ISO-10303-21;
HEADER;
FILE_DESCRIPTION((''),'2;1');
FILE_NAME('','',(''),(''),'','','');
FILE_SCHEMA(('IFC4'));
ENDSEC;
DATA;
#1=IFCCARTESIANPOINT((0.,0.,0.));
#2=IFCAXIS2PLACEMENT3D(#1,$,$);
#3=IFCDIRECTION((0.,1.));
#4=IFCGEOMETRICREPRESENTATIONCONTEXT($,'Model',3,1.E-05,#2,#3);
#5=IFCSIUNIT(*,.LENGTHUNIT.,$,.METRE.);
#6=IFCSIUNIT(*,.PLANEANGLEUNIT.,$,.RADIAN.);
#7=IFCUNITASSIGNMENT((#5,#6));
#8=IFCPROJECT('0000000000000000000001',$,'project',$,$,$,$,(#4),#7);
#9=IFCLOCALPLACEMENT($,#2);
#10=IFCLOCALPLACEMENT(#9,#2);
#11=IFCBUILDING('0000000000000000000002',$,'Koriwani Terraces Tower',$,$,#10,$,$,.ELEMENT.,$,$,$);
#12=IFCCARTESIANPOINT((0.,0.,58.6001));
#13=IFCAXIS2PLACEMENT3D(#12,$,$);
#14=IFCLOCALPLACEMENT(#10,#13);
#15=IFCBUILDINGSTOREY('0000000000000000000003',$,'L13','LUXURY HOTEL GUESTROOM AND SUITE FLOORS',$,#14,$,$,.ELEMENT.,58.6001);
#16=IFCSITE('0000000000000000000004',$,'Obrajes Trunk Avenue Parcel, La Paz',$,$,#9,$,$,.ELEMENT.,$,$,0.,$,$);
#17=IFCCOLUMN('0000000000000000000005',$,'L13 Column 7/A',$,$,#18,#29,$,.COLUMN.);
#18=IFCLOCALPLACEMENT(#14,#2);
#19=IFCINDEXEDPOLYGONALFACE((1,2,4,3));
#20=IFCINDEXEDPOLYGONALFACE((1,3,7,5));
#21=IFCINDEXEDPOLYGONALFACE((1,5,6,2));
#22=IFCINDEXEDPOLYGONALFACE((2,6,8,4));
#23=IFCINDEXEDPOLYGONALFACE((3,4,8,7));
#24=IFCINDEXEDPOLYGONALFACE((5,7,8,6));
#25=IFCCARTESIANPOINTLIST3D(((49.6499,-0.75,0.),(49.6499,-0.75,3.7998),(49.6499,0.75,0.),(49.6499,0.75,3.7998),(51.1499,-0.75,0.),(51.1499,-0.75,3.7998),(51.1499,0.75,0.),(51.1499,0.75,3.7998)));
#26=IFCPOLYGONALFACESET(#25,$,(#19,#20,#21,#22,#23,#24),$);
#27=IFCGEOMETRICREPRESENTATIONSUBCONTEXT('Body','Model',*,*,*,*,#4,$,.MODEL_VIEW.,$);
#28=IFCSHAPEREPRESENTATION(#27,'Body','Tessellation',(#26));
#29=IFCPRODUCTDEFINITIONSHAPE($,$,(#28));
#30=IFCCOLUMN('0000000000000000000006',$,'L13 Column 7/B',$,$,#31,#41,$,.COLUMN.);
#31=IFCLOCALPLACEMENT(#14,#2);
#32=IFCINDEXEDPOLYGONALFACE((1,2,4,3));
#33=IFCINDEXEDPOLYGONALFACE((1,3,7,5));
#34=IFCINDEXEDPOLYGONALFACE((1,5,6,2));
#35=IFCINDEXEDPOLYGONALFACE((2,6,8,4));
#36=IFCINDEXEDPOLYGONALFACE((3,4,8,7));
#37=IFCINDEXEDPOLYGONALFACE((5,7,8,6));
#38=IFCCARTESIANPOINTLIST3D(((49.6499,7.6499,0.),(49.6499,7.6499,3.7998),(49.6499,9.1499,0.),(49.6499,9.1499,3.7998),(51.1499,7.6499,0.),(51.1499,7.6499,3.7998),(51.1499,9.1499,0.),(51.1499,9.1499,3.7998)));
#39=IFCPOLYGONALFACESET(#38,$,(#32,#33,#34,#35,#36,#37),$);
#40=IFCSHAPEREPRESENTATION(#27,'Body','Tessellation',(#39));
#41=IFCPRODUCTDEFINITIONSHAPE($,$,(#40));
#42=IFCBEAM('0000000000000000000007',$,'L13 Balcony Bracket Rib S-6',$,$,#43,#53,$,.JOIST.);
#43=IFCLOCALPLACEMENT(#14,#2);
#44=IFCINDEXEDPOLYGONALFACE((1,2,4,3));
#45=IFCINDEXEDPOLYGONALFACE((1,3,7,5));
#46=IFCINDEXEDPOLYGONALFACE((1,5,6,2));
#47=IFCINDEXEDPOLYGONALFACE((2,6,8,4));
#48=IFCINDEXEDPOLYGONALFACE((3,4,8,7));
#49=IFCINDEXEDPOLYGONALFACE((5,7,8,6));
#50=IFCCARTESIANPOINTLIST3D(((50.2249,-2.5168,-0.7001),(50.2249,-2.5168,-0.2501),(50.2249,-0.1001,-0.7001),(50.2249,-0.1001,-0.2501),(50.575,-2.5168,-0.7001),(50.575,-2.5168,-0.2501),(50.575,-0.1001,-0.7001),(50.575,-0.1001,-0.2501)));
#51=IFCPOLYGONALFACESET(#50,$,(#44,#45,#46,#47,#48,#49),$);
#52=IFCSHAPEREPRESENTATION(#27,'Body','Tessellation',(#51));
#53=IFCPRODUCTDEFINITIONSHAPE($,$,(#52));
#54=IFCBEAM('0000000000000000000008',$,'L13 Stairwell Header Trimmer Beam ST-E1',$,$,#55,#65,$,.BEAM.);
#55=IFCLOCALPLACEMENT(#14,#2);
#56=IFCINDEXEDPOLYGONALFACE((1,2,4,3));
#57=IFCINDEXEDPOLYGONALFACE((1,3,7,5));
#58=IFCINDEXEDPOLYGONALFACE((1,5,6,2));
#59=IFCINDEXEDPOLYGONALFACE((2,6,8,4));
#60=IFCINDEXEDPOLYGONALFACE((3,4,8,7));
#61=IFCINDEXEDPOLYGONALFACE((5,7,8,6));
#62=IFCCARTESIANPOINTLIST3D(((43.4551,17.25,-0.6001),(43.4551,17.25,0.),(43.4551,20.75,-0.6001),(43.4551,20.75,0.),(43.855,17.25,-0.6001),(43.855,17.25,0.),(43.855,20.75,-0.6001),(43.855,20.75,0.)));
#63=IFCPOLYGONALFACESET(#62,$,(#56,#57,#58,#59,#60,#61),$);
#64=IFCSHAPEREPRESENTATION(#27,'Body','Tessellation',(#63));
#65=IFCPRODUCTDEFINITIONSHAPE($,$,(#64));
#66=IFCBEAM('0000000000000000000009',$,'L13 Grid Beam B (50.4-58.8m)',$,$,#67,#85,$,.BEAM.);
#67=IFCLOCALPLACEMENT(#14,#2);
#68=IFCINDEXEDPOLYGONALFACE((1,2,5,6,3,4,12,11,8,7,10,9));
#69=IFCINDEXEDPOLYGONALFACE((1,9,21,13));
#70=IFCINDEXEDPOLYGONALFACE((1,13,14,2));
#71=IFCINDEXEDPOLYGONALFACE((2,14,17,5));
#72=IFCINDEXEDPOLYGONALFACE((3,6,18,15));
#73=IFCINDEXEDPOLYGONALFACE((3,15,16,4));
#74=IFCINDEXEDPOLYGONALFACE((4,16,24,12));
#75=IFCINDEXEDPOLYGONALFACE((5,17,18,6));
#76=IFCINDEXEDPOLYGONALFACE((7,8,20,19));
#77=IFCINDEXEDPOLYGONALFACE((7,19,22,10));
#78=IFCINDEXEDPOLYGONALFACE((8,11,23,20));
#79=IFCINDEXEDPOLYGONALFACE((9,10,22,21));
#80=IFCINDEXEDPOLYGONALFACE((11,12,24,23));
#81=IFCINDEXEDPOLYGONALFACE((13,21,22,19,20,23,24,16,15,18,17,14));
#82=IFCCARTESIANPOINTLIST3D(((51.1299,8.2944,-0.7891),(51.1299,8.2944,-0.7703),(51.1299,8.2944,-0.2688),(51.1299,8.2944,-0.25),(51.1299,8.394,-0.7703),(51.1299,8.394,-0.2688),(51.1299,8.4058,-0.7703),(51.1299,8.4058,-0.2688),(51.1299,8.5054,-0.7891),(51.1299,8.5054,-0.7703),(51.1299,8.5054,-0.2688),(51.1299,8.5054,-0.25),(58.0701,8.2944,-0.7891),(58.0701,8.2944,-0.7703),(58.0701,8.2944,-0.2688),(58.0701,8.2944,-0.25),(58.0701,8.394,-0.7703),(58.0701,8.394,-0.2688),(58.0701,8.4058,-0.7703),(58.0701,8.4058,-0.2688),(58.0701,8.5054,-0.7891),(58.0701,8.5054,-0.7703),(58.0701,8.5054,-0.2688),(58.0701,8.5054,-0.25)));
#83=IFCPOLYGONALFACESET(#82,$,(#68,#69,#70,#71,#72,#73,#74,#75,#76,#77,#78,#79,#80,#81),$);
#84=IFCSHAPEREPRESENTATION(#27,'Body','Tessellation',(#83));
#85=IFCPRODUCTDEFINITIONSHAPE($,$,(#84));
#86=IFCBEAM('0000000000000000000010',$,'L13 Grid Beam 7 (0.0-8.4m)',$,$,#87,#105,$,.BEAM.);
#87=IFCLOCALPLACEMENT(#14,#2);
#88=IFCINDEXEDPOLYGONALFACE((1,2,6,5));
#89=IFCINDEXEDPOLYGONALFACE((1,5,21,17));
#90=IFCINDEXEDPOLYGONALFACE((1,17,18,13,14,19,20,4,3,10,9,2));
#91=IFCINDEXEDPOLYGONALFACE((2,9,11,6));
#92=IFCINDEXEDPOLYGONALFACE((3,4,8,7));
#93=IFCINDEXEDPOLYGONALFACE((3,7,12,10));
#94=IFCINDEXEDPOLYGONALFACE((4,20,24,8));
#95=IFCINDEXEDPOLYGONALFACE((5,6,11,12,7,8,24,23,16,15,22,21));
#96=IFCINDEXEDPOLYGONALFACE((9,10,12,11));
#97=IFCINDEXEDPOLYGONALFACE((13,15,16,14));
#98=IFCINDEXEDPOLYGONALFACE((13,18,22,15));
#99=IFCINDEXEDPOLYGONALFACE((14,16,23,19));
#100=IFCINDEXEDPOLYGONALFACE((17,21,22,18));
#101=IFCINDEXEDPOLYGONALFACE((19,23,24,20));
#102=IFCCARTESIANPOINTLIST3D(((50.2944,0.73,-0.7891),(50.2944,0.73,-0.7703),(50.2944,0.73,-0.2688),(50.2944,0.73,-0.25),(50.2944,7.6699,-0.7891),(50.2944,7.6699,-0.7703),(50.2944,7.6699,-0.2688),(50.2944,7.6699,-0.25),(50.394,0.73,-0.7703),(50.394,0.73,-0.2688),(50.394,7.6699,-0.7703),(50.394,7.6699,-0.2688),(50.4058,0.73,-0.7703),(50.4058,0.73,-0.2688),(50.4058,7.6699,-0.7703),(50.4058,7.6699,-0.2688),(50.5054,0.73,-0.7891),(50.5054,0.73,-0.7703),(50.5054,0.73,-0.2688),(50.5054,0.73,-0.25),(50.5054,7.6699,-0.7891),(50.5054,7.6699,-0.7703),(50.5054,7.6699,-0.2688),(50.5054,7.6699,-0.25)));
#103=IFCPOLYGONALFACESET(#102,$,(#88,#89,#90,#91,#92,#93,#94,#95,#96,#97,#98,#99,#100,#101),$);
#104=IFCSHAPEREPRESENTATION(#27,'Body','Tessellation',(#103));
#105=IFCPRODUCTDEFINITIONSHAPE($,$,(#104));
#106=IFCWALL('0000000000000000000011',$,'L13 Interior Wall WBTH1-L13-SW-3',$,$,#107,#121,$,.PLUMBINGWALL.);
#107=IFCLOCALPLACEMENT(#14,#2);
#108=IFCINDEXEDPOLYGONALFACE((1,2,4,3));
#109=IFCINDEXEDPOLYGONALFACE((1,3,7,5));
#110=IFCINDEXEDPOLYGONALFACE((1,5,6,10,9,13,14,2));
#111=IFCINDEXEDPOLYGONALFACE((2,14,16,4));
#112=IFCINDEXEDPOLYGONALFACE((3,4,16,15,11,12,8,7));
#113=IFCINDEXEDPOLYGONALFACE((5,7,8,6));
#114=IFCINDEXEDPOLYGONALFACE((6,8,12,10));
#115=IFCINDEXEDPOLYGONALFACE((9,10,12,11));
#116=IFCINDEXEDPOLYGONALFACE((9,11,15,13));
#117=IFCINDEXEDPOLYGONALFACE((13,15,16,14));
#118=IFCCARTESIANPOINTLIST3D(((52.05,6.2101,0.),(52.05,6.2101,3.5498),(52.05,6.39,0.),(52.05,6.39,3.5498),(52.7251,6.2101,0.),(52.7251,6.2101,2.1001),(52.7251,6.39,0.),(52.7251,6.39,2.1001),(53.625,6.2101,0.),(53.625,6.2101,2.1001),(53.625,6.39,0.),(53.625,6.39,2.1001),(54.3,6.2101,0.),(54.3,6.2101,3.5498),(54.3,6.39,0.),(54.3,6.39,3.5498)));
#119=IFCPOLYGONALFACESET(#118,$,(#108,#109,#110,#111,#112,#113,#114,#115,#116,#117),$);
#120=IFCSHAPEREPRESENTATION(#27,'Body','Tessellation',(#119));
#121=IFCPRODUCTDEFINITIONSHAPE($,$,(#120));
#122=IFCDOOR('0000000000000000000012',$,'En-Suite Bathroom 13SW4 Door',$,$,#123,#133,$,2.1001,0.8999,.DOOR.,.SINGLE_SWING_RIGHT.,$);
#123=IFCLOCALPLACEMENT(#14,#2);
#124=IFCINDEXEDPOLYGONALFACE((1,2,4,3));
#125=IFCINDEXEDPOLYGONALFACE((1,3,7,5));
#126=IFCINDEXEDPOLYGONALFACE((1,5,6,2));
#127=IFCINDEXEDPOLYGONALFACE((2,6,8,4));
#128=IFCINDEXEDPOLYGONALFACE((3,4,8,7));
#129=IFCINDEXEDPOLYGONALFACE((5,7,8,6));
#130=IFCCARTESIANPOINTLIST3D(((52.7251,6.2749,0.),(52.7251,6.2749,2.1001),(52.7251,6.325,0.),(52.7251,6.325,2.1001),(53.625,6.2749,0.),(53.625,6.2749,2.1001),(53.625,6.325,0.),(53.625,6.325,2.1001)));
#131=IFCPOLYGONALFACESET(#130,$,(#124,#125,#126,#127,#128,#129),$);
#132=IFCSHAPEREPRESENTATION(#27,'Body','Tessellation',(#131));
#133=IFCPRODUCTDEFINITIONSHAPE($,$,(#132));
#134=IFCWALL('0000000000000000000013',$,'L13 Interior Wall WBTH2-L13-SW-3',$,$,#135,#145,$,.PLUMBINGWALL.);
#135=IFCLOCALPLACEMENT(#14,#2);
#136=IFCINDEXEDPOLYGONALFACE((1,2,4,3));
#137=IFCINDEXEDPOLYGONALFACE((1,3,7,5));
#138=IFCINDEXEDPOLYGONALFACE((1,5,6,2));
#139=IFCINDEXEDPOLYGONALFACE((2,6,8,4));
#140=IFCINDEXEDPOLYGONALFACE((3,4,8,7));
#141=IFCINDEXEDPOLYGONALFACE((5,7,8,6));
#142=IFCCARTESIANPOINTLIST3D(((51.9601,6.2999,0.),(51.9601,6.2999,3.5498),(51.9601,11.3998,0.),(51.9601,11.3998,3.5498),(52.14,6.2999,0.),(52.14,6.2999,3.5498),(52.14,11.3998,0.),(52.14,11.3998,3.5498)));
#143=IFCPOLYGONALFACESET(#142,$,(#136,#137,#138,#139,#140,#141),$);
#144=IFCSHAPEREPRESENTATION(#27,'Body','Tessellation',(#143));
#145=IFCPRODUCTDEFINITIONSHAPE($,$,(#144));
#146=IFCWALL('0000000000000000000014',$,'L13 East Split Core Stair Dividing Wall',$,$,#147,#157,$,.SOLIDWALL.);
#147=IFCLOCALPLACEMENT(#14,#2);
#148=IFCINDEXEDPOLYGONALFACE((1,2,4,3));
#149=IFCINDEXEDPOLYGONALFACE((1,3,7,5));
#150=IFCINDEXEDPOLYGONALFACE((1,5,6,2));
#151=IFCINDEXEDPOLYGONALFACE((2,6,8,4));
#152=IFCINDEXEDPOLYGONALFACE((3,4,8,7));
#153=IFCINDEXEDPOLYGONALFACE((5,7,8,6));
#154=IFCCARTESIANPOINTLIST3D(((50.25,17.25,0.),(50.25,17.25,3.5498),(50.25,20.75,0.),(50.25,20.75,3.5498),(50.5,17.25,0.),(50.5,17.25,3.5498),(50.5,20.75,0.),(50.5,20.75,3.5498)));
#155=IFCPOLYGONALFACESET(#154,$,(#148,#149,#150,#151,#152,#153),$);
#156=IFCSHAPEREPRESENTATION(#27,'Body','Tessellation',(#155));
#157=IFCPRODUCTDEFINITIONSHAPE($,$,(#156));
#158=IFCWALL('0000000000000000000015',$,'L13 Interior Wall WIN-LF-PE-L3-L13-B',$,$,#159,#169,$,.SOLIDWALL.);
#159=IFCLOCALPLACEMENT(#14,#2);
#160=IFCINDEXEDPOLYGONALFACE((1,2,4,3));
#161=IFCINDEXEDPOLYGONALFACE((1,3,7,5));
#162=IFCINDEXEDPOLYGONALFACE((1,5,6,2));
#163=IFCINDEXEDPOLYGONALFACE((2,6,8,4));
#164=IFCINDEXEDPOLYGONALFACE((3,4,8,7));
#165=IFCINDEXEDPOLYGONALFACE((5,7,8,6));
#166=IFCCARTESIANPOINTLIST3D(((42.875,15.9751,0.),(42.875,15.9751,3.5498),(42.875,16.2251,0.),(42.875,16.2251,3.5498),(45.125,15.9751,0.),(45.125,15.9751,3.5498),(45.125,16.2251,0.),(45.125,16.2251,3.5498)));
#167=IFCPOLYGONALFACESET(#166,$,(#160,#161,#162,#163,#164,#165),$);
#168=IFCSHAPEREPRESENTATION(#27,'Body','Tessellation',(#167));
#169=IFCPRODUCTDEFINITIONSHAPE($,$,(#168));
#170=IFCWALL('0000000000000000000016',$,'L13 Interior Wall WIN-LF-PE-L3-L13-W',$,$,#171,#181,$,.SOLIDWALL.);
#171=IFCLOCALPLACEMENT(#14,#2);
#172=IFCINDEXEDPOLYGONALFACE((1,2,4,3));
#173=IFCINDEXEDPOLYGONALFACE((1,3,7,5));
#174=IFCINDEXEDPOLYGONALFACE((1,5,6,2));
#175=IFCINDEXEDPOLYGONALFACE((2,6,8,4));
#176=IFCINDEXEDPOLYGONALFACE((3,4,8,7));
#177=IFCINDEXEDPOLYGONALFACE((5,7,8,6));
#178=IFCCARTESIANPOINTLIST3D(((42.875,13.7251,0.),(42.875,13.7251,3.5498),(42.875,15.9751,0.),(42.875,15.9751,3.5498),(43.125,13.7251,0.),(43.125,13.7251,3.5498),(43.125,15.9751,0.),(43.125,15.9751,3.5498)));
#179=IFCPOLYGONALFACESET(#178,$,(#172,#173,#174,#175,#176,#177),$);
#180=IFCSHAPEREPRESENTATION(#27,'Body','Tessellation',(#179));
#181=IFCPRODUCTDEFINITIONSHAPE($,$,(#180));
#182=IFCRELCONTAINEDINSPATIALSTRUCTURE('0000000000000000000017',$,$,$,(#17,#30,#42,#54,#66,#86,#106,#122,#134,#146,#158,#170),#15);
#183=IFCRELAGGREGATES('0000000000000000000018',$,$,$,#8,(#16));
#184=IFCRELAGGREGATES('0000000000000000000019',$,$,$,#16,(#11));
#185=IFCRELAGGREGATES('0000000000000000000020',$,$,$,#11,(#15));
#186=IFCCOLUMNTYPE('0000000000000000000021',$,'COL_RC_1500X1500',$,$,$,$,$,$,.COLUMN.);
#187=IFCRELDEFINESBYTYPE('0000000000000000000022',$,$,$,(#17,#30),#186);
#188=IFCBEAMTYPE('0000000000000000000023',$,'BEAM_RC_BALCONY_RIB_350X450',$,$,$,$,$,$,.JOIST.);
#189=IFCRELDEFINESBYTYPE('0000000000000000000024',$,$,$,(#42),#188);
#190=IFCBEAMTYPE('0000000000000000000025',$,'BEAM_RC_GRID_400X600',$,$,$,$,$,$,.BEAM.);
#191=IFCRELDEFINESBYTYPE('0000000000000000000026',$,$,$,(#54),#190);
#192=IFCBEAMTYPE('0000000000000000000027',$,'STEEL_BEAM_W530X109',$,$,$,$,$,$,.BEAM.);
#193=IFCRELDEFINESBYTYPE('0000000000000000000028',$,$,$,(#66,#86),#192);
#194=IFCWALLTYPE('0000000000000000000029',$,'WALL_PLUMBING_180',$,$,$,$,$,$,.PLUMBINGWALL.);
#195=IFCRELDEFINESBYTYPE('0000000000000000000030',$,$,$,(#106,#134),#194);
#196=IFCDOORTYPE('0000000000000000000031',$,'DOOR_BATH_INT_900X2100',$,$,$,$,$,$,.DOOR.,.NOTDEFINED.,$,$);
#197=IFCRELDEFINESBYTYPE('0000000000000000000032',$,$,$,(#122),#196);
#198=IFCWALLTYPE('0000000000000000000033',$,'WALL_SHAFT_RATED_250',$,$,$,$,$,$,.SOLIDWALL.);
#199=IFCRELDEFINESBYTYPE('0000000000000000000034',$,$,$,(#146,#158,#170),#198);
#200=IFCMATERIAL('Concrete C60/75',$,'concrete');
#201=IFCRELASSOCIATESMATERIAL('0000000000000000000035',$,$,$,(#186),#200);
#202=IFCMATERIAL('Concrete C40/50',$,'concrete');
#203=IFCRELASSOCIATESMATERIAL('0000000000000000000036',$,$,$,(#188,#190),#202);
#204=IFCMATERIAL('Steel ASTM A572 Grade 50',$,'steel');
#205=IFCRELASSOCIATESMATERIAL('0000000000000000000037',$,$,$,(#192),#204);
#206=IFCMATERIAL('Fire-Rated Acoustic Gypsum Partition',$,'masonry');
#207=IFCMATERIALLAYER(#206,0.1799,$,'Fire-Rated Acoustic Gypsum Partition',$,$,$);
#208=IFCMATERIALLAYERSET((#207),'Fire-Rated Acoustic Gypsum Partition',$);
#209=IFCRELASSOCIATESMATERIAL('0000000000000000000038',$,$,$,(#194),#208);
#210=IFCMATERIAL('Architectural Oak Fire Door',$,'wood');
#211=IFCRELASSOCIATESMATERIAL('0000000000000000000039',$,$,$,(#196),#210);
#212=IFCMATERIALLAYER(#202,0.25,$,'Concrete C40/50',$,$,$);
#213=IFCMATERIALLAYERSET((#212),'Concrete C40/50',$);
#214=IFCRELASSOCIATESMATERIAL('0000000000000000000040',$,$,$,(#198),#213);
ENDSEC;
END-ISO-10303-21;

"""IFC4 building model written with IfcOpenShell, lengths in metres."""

from ifc_helpers import new_model, si_unit, direction, frame, frame_2d, origin, origin_2d, place, context, subcontext, project, spatial, rectangle, i_section, extrude, material, layer, layer_set, material_profile, profile_set, type_object, element, fill, save


model = new_model("IFC4")

# Units and contexts
model_context = context("Model", 3, precision=1e-05, world=origin(), true_north=direction((0.0, 1.0)))
body_context = subcontext(model_context, "Body", "Model", "MODEL_VIEW")
ifc_project = project(units=[si_unit("LENGTHUNIT", "METRE"), si_unit("PLANEANGLEUNIT", "RADIAN")], contexts=[model_context])

# Site, building, storey
site_placement = place(None, origin())
site = spatial("IfcSite", under=ifc_project, at=site_placement, Name="Obrajes Trunk Avenue Parcel, La Paz", CompositionType="ELEMENT", RefElevation=0.0)
building_placement = place(site_placement, origin())
building = spatial("IfcBuilding", under=site, at=building_placement, Name="Koriwani Terraces Tower", CompositionType="ELEMENT")
storey_placement = place(building_placement, frame((0.0, 0.0, 58.6001)))
storey = spatial("IfcBuildingStorey", under=building, at=storey_placement, Name="L13", Description="LUXURY HOTEL GUESTROOM AND SUITE FLOORS", CompositionType="ELEMENT", Elevation=58.6001)

# Columns
ifc_material_1 = material(Name="Concrete C60/75", Category="concrete")
ifc_material_profile_1 = material_profile(ifc_material_1, rectangle(XDim=1.5, YDim=1.5, at=origin_2d()), Name="Concrete C60/75", Category="LoadBearing")
ifc_profile_set_1 = profile_set([ifc_material_profile_1], Name="Concrete C60/75")
column_type = type_object("IfcColumnType", Name="COL_RC_1500X1500", PredefinedType="COLUMN", material=ifc_profile_set_1)
for number, where, z_axis, x_axis, name in (
    (1, (50.3999, 0.0, 0.0), (0.0, 0.0, 1.0), (1.0, 0.0, 0.0), "L13 Column 7/A"),
    (2, (50.3999, 8.3999, 0.0), (0.0, 0.0, 1.0), (1.0, 0.0, 0.0), "L13 Column 7/B"),
):
    element("IfcColumn", number, at=place(storey_placement, frame(where, z_axis=z_axis, x_axis=x_axis)), inside=storey, type_object=column_type, Name=name, PredefinedType="COLUMN", context=body_context, shape_type="SweptSolid", body=[
        extrude(rectangle(XDim=1.5, YDim=1.5, at=origin_2d()), origin(), (0.0, 0.0, 1.0), 3.7998),
    ])

# Beams
ifc_material_2 = material(Name="Concrete C40/50", Category="concrete")
ifc_material_profile_2 = material_profile(ifc_material_2, rectangle(XDim=0.3501, YDim=0.45, at=origin_2d()), Name="Concrete C40/50", Category="LoadBearing")
ifc_profile_set_2 = profile_set([ifc_material_profile_2], Name="Concrete C40/50")
beam_type_1 = type_object("IfcBeamType", Name="BEAM_RC_BALCONY_RIB_350X450", PredefinedType="JOIST", material=ifc_profile_set_2)
beam_1_placement = place(storey_placement, frame((50.3999, -2.5168, -0.4751), z_axis=(0.0, 1.0, 0.0), x_axis=(-1.0, 0.0, 0.0)))
element("IfcBeam", 3, at=beam_1_placement, inside=storey, type_object=beam_type_1, Name="L13 Balcony Bracket Rib S-6", PredefinedType="JOIST", context=body_context, shape_type="SweptSolid", body=[
    extrude(rectangle(XDim=0.3501, YDim=0.45, at=origin_2d()), origin(), (0.0, 0.0, 1.0), 2.4167),
])
ifc_material_profile_3 = material_profile(ifc_material_2, rectangle(XDim=0.3999, YDim=0.6001, at=origin_2d()), Name="Concrete C40/50", Category="LoadBearing")
ifc_profile_set_3 = profile_set([ifc_material_profile_3], Name="Concrete C40/50")
beam_type_2 = type_object("IfcBeamType", Name="BEAM_RC_GRID_400X600", PredefinedType="BEAM", material=ifc_profile_set_3)
beam_2_placement = place(storey_placement, frame((43.655, 17.25, -0.3), z_axis=(0.0, 1.0, 0.0), x_axis=(-1.0, 0.0, 0.0)))
element("IfcBeam", 4, at=beam_2_placement, inside=storey, type_object=beam_type_2, Name="L13 Stairwell Header Trimmer Beam ST-E1", PredefinedType="BEAM", context=body_context, shape_type="SweptSolid", body=[
    extrude(rectangle(XDim=0.3999, YDim=0.6001, at=origin_2d()), origin(), (0.0, 0.0, 1.0), 3.5),
])
ifc_material_3 = material(Name="Steel ASTM A572 Grade 50", Category="steel")
ifc_material_profile_4 = material_profile(ifc_material_3, i_section(OverallWidth=0.2109, OverallDepth=0.5391, WebThickness=0.0117, FlangeThickness=0.0188, at=origin_2d()), Name="Steel ASTM A572 Grade 50", Category="LoadBearing")
ifc_profile_set_4 = profile_set([ifc_material_profile_4], Name="Steel ASTM A572 Grade 50")
beam_type_3 = type_object("IfcBeamType", Name="STEEL_BEAM_W530X109", PredefinedType="BEAM", material=ifc_profile_set_4)
beam_3_placement = place(storey_placement, frame((51.1299, 8.3999, -0.5195), z_axis=(1.0, 0.0, 0.0), x_axis=(0.0, 1.0, 0.0)))
element("IfcBeam", 5, at=beam_3_placement, inside=storey, type_object=beam_type_3, Name="L13 Grid Beam B (50.4-58.8m)", PredefinedType="BEAM", context=body_context, shape_type="SweptSolid", body=[
    extrude(i_section(OverallWidth=0.2109, OverallDepth=0.5391, WebThickness=0.0117, FlangeThickness=0.0188, at=origin_2d()), origin(), (0.0, 0.0, 1.0), 6.9402),
])
beam_4_placement = place(storey_placement, frame((50.3999, 0.73, -0.5195), z_axis=(0.0, 1.0, 0.0), x_axis=(-1.0, 0.0, 0.0)))
element("IfcBeam", 6, at=beam_4_placement, inside=storey, type_object=beam_type_3, Name="L13 Grid Beam 7 (0.0-8.4m)", PredefinedType="BEAM", context=body_context, shape_type="SweptSolid", body=[
    extrude(i_section(OverallWidth=0.2109, OverallDepth=0.5391, WebThickness=0.0117, FlangeThickness=0.0188, at=origin_2d()), origin(), (0.0, 0.0, 1.0), 6.9399),
])

# Wall, opening, door
ifc_material_4 = material(Name="Fire-Rated Acoustic Gypsum Partition", Category="masonry")
ifc_layer_1 = layer(ifc_material_4, 0.1799, Name="Fire-Rated Acoustic Gypsum Partition")
ifc_layer_set_1 = layer_set([ifc_layer_1], Name="Fire-Rated Acoustic Gypsum Partition")
wall_type_1 = type_object("IfcWallType", Name="WALL_PLUMBING_180", PredefinedType="PLUMBINGWALL", material=ifc_layer_set_1)
wall_1_placement = place(storey_placement, frame((52.05, 6.3, 0.0), z_axis=(0.0, 0.0, 1.0), x_axis=(1.0, 0.0, 0.0)))
wall_1 = element("IfcWall", 7, at=wall_1_placement, inside=storey, type_object=wall_type_1, Name="L13 Interior Wall WBTH1-L13-SW-3", PredefinedType="PLUMBINGWALL", context=body_context, shape_type="SweptSolid", body=[
    extrude(rectangle(XDim=2.25, YDim=0.1799, at=frame_2d((1.125, 0.0))), origin(), (0.0, 0.0, 1.0), 3.5498),
])
opening_1_placement = place(wall_1_placement, frame((0.675, 0.0, 0.0)))
opening_1 = element("IfcOpeningElement", 8, at=opening_1_placement, cuts=wall_1, PredefinedType="OPENING", context=body_context, shape_type="SweptSolid", body=[
    extrude(rectangle(XDim=0.8999, YDim=2.1001, at=frame_2d((0.45, 1.05))), frame((0.0, 0.1001, 0.0), z_axis=(0.0, -1.0, 0.0), x_axis=(1.0, 0.0, 0.0)), (0.0, 0.0, 1.0), 0.2),
])
ifc_material_5 = material(Name="Architectural Oak Fire Door", Category="wood")
door_type_1 = type_object("IfcDoorType", Name="DOOR_BATH_INT_900X2100", OperationType="NOTDEFINED", PredefinedType="DOOR", material=ifc_material_5)
door_1_placement = place(opening_1_placement, origin())
door_1 = element("IfcDoor", 9, at=door_1_placement, inside=storey, type_object=door_type_1, Name="En-Suite Bathroom 13SW4 Door", OperationType="SINGLE_SWING_RIGHT", OverallHeight=2.1001, OverallWidth=0.8999, PredefinedType="DOOR", context=body_context, shape_type="SweptSolid", body=[
    extrude(rectangle(XDim=0.8999, YDim=2.1001, at=frame_2d((0.45, 1.05))), frame((0.0, 0.0249, 0.0), z_axis=(0.0, -1.0, 0.0), x_axis=(1.0, 0.0, 0.0)), (0.0, 0.0, 1.0), 0.05),
])
fill(opening_1, door_1)

# Walls
wall_2_placement = place(storey_placement, frame((52.05, 6.3, 0.0), z_axis=(0.0, 0.0, 1.0), x_axis=(0.0, 1.0, 0.0)))
element("IfcWall", 10, at=wall_2_placement, inside=storey, type_object=wall_type_1, Name="L13 Interior Wall WBTH2-L13-SW-3", PredefinedType="PLUMBINGWALL", context=body_context, shape_type="SweptSolid", body=[
    extrude(rectangle(XDim=5.0999, YDim=0.1799, at=frame_2d((2.5498, 0.0))), origin(), (0.0, 0.0, 1.0), 3.5498),
])
ifc_layer_2 = layer(ifc_material_2, 0.25, Name="Concrete C40/50")
ifc_layer_set_2 = layer_set([ifc_layer_2], Name="Concrete C40/50")
wall_type_2 = type_object("IfcWallType", Name="WALL_SHAFT_RATED_250", PredefinedType="SOLIDWALL", material=ifc_layer_set_2)
wall_3_placement = place(storey_placement, frame((50.375, 17.25, 0.0), z_axis=(0.0, 0.0, 1.0), x_axis=(0.0, 1.0, 0.0)))
element("IfcWall", 11, at=wall_3_placement, inside=storey, type_object=wall_type_2, Name="L13 East Split Core Stair Dividing Wall", PredefinedType="SOLIDWALL", context=body_context, shape_type="SweptSolid", body=[
    extrude(rectangle(XDim=3.5, YDim=0.25, at=frame_2d((1.75, 0.0))), origin(), (0.0, 0.0, 1.0), 3.5498),
])

# Walls
for number, where, z_axis, x_axis, name in (
    (12, (42.875, 16.1001, 0.0), (0.0, 0.0, 1.0), (1.0, 0.0, 0.0), "L13 Interior Wall WIN-LF-PE-L3-L13-B"),
    (13, (43.0, 13.7251, 0.0), (0.0, 0.0, 1.0), (0.0, 1.0, 0.0), "L13 Interior Wall WIN-LF-PE-L3-L13-W"),
):
    element("IfcWall", number, at=place(storey_placement, frame(where, z_axis=z_axis, x_axis=x_axis)), inside=storey, type_object=wall_type_2, Name=name, PredefinedType="SOLIDWALL", context=body_context, shape_type="SweptSolid", body=[
        extrude(rectangle(XDim=2.25, YDim=0.25, at=frame_2d((1.125, 0.0))), origin(), (0.0, 0.0, 1.0), 3.5498),
    ])

save(model, "model.ifc")
